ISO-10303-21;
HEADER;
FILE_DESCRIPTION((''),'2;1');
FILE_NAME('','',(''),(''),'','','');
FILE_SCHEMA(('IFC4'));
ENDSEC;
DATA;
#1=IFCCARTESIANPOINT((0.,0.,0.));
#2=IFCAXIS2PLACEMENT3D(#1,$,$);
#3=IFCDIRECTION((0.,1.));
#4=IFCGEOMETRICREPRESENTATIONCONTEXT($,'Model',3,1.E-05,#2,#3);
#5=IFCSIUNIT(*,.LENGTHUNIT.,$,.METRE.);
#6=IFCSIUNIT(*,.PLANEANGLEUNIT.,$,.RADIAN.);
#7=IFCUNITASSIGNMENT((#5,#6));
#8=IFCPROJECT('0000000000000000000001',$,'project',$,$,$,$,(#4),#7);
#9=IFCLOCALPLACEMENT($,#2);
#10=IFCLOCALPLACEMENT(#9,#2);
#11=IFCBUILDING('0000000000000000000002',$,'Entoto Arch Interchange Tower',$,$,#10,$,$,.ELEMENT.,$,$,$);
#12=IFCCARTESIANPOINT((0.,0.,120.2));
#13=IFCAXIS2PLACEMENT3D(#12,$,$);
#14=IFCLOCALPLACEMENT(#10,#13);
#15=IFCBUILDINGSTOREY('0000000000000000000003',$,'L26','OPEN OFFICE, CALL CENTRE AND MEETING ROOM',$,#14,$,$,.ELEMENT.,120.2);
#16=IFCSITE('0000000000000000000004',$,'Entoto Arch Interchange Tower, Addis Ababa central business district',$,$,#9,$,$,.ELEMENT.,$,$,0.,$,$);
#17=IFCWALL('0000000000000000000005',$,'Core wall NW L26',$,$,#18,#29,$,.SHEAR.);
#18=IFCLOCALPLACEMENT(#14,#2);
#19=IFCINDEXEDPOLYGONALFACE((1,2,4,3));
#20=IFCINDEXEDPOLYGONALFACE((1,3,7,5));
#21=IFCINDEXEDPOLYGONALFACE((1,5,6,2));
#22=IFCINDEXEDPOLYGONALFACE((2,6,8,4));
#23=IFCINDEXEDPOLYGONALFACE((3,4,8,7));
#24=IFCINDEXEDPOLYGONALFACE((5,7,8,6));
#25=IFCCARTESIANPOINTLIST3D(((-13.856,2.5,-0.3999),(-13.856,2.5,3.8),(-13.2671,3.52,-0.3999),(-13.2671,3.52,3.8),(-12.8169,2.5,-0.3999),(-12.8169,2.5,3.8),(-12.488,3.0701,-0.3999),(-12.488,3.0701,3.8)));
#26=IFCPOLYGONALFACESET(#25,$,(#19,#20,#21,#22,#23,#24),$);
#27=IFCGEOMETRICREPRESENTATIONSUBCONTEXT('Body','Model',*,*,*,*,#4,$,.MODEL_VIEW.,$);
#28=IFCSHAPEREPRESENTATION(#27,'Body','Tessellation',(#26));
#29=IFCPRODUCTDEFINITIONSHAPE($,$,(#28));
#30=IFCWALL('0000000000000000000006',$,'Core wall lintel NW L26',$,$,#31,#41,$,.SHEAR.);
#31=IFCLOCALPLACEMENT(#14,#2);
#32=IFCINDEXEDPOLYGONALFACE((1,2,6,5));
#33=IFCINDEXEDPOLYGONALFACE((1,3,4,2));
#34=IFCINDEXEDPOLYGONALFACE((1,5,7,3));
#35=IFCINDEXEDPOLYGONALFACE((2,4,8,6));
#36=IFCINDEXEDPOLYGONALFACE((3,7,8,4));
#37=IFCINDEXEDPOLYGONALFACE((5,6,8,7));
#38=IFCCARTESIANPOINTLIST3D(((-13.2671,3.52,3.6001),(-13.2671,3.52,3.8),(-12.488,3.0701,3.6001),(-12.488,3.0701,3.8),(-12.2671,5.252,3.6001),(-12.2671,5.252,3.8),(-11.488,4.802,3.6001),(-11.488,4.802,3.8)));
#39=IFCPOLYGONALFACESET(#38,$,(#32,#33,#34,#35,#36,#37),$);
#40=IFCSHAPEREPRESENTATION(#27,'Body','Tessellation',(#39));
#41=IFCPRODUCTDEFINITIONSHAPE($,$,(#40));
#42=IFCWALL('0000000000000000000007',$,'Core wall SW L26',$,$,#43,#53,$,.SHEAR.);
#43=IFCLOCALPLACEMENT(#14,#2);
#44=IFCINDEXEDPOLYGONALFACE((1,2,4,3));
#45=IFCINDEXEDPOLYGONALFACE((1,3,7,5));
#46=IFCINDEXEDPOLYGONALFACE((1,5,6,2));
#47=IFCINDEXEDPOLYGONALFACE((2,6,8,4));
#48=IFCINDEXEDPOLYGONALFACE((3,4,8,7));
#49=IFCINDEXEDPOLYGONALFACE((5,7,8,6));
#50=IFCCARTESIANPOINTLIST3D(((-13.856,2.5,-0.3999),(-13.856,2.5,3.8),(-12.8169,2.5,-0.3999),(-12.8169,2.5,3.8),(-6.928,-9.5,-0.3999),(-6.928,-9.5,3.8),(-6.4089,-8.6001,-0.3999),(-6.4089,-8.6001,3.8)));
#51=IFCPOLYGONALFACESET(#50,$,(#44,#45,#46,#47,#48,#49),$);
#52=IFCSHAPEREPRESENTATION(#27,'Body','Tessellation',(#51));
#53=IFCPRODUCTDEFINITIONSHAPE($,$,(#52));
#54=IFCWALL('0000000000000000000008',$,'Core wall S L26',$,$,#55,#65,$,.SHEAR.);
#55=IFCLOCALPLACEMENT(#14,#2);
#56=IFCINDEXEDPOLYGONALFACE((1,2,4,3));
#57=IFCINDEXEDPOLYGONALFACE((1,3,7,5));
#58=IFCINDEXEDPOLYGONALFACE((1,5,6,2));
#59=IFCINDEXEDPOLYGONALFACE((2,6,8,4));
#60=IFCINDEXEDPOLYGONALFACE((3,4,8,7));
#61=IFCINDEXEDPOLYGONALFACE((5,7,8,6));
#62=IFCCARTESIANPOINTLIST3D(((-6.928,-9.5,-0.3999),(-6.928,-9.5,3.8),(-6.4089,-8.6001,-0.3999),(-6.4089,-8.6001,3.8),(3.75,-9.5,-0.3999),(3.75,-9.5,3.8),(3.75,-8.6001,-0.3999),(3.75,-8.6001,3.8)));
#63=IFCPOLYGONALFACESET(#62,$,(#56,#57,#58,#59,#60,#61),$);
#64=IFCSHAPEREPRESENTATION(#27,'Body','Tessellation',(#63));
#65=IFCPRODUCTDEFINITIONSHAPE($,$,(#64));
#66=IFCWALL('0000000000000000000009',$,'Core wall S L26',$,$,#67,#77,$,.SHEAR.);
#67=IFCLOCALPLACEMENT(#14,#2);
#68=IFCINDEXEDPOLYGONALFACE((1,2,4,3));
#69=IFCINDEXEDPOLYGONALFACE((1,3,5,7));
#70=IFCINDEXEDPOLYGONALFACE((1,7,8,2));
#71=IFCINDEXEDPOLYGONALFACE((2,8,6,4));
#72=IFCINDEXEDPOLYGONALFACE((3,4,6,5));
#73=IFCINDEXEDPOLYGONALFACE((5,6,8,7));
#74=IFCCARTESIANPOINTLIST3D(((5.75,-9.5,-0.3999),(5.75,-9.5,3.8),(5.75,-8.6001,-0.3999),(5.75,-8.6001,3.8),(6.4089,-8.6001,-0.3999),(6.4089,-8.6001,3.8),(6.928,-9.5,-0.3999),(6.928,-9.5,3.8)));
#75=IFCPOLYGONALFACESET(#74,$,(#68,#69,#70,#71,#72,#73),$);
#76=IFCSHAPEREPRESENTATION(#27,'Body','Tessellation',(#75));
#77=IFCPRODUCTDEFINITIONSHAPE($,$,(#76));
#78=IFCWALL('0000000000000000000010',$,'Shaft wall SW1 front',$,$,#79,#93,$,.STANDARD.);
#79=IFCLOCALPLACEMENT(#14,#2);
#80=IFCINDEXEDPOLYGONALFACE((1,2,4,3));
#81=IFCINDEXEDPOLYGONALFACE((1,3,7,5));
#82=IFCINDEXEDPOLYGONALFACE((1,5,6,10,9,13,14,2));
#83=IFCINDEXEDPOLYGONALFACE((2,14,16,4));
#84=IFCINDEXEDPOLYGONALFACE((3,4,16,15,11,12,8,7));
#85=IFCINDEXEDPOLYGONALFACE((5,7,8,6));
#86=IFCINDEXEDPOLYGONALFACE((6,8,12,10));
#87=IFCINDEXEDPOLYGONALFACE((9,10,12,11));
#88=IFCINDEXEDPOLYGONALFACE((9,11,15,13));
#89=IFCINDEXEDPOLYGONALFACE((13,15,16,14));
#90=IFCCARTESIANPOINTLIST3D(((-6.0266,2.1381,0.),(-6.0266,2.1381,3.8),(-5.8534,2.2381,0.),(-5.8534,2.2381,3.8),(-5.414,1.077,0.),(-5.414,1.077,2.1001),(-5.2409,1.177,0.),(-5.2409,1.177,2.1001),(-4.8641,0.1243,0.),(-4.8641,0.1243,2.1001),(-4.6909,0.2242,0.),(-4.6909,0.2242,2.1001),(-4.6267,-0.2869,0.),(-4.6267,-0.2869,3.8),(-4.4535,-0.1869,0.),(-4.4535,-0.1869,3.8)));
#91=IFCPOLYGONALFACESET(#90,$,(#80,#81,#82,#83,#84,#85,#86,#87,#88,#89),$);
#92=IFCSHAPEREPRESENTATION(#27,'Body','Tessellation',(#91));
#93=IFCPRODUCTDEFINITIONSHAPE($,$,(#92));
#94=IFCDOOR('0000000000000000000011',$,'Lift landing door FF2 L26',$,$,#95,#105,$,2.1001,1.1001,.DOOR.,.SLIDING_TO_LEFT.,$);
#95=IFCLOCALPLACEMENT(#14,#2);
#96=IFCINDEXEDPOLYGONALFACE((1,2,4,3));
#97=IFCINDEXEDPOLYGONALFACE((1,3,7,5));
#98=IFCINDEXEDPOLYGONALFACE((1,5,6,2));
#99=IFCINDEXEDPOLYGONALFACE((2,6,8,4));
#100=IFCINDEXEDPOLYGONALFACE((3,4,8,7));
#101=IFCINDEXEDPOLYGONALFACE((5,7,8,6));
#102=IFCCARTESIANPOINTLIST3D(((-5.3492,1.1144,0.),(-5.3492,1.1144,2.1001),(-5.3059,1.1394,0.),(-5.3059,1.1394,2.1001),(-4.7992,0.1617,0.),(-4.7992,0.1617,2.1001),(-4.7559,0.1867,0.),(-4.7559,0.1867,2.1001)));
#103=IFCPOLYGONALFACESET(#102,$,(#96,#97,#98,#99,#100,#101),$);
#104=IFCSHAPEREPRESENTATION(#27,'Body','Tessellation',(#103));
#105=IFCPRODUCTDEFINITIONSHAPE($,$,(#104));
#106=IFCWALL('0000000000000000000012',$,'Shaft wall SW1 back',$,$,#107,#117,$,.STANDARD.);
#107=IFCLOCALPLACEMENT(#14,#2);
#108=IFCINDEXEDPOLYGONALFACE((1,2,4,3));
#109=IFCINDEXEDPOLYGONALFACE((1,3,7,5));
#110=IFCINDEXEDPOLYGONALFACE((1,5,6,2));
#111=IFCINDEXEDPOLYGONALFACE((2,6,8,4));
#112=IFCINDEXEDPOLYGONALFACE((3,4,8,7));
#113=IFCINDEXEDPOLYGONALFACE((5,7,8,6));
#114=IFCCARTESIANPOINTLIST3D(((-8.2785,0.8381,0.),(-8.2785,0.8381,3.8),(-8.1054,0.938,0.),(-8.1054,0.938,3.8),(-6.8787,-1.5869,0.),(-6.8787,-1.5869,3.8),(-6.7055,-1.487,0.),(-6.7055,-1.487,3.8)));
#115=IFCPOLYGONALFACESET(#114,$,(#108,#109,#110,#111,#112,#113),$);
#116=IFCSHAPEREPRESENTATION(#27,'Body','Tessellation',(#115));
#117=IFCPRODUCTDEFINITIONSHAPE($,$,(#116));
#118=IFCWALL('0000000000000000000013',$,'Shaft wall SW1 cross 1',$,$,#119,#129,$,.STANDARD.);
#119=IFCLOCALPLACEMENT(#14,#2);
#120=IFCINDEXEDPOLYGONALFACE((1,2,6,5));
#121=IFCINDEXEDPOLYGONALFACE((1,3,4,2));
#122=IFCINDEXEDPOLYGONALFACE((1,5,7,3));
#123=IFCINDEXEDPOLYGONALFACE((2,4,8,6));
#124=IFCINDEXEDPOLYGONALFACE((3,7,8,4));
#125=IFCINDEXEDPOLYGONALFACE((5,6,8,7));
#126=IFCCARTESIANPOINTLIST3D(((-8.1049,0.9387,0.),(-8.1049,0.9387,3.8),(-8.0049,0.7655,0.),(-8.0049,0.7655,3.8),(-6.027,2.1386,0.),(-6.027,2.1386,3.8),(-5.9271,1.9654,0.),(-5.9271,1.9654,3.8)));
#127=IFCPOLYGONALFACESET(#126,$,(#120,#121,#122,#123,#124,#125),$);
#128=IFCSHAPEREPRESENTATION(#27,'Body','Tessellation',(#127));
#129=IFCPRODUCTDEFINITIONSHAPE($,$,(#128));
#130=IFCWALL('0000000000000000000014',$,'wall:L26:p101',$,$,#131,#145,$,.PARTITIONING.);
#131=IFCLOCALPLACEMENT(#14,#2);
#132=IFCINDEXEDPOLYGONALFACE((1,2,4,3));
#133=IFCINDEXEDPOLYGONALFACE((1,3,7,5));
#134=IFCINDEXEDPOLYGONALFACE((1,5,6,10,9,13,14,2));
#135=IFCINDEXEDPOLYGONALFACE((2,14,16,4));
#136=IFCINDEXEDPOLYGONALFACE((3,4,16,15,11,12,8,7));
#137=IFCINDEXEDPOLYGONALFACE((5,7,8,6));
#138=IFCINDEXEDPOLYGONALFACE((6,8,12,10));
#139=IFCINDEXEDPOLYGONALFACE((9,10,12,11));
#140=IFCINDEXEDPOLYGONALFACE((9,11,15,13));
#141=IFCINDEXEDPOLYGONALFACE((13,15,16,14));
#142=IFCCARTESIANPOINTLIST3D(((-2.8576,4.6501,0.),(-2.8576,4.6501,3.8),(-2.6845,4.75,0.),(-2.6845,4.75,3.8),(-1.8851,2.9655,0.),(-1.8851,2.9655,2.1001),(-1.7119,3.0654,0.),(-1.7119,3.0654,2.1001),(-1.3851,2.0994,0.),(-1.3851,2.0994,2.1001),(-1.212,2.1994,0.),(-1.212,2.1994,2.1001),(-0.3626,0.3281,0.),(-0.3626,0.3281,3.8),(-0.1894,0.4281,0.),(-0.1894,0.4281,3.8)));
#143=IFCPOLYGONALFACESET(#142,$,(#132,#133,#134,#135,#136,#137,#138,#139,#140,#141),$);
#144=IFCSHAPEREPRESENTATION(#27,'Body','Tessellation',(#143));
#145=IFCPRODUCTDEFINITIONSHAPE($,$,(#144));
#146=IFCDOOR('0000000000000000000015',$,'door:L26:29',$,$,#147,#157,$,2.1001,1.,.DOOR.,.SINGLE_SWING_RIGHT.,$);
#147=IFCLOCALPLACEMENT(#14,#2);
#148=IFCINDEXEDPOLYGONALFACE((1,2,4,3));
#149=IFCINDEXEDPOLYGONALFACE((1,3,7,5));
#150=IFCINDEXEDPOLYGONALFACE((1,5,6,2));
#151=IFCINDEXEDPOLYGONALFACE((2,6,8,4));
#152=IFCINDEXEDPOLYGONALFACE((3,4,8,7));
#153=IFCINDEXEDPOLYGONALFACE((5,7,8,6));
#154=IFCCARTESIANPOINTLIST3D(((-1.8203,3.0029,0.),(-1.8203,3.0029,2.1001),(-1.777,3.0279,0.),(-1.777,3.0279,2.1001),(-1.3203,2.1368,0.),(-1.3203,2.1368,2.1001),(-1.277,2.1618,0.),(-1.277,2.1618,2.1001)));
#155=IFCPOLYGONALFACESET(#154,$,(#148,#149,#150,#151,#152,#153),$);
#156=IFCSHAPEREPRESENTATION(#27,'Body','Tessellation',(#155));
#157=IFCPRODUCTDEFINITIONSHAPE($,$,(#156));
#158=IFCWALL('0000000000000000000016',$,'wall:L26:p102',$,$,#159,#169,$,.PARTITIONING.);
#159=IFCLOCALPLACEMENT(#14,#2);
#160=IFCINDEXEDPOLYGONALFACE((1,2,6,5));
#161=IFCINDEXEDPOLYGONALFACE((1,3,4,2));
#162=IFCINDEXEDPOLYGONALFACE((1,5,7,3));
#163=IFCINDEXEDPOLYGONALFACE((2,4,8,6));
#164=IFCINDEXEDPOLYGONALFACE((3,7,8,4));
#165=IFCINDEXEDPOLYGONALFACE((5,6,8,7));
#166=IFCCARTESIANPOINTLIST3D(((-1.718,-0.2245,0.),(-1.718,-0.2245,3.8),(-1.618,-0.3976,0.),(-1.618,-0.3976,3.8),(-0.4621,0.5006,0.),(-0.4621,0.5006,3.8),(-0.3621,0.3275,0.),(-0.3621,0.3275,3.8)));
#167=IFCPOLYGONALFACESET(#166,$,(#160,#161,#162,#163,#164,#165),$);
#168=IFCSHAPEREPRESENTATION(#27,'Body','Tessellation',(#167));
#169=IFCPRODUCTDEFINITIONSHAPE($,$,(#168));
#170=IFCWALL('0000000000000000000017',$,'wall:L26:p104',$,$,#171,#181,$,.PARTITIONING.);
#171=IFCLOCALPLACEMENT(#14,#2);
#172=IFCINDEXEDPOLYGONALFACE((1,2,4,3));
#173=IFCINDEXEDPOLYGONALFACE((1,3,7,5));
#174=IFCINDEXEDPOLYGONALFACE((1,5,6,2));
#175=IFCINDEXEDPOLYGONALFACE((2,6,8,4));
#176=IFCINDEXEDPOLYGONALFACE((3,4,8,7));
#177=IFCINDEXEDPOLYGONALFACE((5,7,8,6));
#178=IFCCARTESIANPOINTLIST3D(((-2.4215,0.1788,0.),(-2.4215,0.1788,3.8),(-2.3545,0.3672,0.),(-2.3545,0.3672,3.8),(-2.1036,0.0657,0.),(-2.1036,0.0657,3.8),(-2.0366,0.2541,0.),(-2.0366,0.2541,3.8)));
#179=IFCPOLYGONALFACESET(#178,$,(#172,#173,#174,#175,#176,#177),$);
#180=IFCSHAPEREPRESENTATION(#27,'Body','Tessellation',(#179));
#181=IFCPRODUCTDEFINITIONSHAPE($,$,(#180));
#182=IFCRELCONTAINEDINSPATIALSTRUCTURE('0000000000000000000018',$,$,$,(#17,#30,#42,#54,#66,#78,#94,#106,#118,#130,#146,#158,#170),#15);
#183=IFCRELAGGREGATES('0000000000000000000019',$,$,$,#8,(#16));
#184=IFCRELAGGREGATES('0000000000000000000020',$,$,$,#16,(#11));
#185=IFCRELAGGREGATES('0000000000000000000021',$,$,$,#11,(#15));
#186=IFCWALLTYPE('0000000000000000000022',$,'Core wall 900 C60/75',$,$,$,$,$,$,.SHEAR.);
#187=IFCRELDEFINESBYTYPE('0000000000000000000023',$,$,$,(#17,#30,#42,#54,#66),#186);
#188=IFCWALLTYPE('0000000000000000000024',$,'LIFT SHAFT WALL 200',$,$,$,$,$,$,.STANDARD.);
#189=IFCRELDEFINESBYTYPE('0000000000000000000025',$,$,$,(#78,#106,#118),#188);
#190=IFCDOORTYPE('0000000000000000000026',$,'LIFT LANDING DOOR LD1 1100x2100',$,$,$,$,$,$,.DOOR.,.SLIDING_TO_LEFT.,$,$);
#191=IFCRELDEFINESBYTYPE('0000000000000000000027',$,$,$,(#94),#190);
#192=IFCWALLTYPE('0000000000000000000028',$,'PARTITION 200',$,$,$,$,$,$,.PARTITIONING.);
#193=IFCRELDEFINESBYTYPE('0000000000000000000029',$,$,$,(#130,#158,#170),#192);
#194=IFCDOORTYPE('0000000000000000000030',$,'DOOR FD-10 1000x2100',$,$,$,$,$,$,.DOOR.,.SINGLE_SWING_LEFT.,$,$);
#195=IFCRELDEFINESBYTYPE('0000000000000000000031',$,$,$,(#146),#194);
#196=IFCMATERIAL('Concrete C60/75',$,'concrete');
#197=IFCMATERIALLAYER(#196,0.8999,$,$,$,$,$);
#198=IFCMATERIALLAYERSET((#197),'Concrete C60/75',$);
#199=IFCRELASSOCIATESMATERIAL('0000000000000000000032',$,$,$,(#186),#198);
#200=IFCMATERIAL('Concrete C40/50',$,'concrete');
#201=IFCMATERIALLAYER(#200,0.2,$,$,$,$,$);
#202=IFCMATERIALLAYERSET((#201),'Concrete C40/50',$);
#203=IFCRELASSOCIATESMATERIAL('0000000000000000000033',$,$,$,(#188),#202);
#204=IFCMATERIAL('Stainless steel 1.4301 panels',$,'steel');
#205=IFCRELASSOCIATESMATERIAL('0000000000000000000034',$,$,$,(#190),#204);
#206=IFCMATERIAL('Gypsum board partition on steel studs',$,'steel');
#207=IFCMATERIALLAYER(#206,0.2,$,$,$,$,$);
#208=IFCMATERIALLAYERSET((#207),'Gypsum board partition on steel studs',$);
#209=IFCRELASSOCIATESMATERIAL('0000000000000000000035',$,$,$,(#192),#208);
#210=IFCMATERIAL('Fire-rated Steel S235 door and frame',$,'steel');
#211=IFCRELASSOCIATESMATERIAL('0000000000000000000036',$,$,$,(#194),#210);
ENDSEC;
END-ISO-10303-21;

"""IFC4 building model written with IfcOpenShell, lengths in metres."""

from ifc_helpers import new_model, si_unit, direction, frame, frame_2d, origin, place, context, subcontext, project, spatial, polyline, rectangle, outline, extrude, material, layer, layer_set, type_object, element, fill, save


model = new_model("IFC4")

# Units and contexts
model_context = context("Model", 3, precision=1e-05, world=origin(), true_north=direction((0.0, 1.0)))
body_context = subcontext(model_context, "Body", "Model", "MODEL_VIEW")
ifc_project = project(units=[si_unit("LENGTHUNIT", "METRE"), si_unit("PLANEANGLEUNIT", "RADIAN")], contexts=[model_context])

# Site, building, storey
site_placement = place(None, origin())
site = spatial("IfcSite", under=ifc_project, at=site_placement, Name="Entoto Arch Interchange Tower, Addis Ababa central business district", CompositionType="ELEMENT", RefElevation=0.0)
building_placement = place(site_placement, origin())
building = spatial("IfcBuilding", under=site, at=building_placement, Name="Entoto Arch Interchange Tower", CompositionType="ELEMENT")
storey_placement = place(building_placement, frame((0.0, 0.0, 120.2)))
storey = spatial("IfcBuildingStorey", under=building, at=storey_placement, Name="L26", Description="OPEN OFFICE, CALL CENTRE AND MEETING ROOM", CompositionType="ELEMENT", Elevation=120.2)

# Walls
ifc_material_1 = material(Name="Concrete C60/75", Category="concrete")
ifc_layer_1 = layer(ifc_material_1, 0.8999)
ifc_layer_set_1 = layer_set([ifc_layer_1], Name="Concrete C60/75")
wall_type_1 = type_object("IfcWallType", Name="Core wall 900 C60/75", PredefinedType="SHEAR", material=ifc_layer_set_1)
wall_1_placement = place(storey_placement, frame((0.0, 0.0, -0.3999)))
element("IfcWall", 1, at=wall_1_placement, inside=storey, type_object=wall_type_1, Name="Core wall NW L26", PredefinedType="SHEAR", context=body_context, shape_type="SweptSolid", body=[
    extrude(outline(polyline([(-12.488, 3.0701), (-13.2671, 3.52), (-13.856, 2.5), (-12.8169, 2.5), (-12.488, 3.0701)])), origin(), (0.0, 0.0, 1.0), 4.2),
])
wall_2_placement = place(storey_placement, frame((0.0, 0.0, 3.6001)))
element("IfcWall", 2, at=wall_2_placement, inside=storey, type_object=wall_type_1, Name="Core wall lintel NW L26", PredefinedType="SHEAR", context=body_context, shape_type="SweptSolid", body=[
    extrude(outline(polyline([(-13.2671, 3.52), (-12.488, 3.0701), (-11.488, 4.802), (-12.2671, 5.252), (-13.2671, 3.52)])), origin(), (0.0, 0.0, 1.0), 0.2),
])
wall_3_placement = place(storey_placement, frame((0.0, 0.0, -0.3999)))
element("IfcWall", 3, at=wall_3_placement, inside=storey, type_object=wall_type_1, Name="Core wall SW L26", PredefinedType="SHEAR", context=body_context, shape_type="SweptSolid", body=[
    extrude(outline(polyline([(-13.856, 2.5), (-6.928, -9.5), (-6.4089, -8.6001), (-12.8169, 2.5), (-13.856, 2.5)])), origin(), (0.0, 0.0, 1.0), 4.2),
])
wall_4_placement = place(storey_placement, frame((0.0, 0.0, -0.3999)))
element("IfcWall", 4, at=wall_4_placement, inside=storey, type_object=wall_type_1, Name="Core wall S L26", PredefinedType="SHEAR", context=body_context, shape_type="SweptSolid", body=[
    extrude(outline(polyline([(3.75, -9.5), (3.75, -8.6001), (-6.4089, -8.6001), (-6.928, -9.5), (3.75, -9.5)])), origin(), (0.0, 0.0, 1.0), 4.2),
])
wall_5_placement = place(storey_placement, frame((0.0, 0.0, -0.3999)))
element("IfcWall", 5, at=wall_5_placement, inside=storey, type_object=wall_type_1, Name="Core wall S L26", PredefinedType="SHEAR", context=body_context, shape_type="SweptSolid", body=[
    extrude(outline(polyline([(5.75, -8.6001), (5.75, -9.5), (6.928, -9.5), (6.4089, -8.6001), (5.75, -8.6001)])), origin(), (0.0, 0.0, 1.0), 4.2),
])

# Wall, opening, door
ifc_material_2 = material(Name="Concrete C40/50", Category="concrete")
ifc_layer_2 = layer(ifc_material_2, 0.2)
ifc_layer_set_2 = layer_set([ifc_layer_2], Name="Concrete C40/50")
wall_type_2 = type_object("IfcWallType", Name="LIFT SHAFT WALL 200", PredefinedType="STANDARD", material=ifc_layer_set_2)
wall_6_placement = place(storey_placement, frame((-5.9399, 2.188, 0.0), z_axis=(0.0, 0.0, 1.0), x_axis=(0.499946, -0.866056, 0.0)))
wall_6 = element("IfcWall", 6, at=wall_6_placement, inside=storey, type_object=wall_type_2, Name="Shaft wall SW1 front", PredefinedType="STANDARD", context=body_context, shape_type="SweptSolid", body=[
    extrude(rectangle(XDim=2.8, YDim=0.2, at=frame_2d((1.3999, 0.0))), origin(), (0.0, 0.0, 1.0), 3.8),
])
opening_1_placement = place(wall_6_placement, frame((1.2251, 0.0, 0.0)))
opening_1 = element("IfcOpeningElement", 7, at=opening_1_placement, cuts=wall_6, PredefinedType="OPENING", context=body_context, shape_type="SweptSolid", body=[
    extrude(rectangle(XDim=1.1001, YDim=2.1001, at=frame_2d((0.55, 1.05))), frame((0.0, 0.1099, 0.0), z_axis=(0.0, -1.0, 0.0), x_axis=(1.0, 0.0, 0.0)), (0.0, 0.0, 1.0), 0.22),
])
ifc_material_3 = material(Name="Stainless steel 1.4301 panels", Category="steel")
door_type_1 = type_object("IfcDoorType", Name="LIFT LANDING DOOR LD1 1100x2100", OperationType="SLIDING_TO_LEFT", PredefinedType="DOOR", material=ifc_material_3)
door_1_placement = place(opening_1_placement, origin())
door_1 = element("IfcDoor", 8, at=door_1_placement, inside=storey, type_object=door_type_1, Name="Lift landing door FF2 L26", OperationType="SLIDING_TO_LEFT", OverallHeight=2.1001, OverallWidth=1.1001, PredefinedType="DOOR", context=body_context, shape_type="SweptSolid", body=[
    extrude(rectangle(XDim=1.1001, YDim=2.1001, at=frame_2d((0.55, 1.05))), frame((0.0, 0.0249, 0.0), z_axis=(0.0, -1.0, 0.0), x_axis=(1.0, 0.0, 0.0)), (0.0, 0.0, 1.0), 0.05),
])
fill(opening_1, door_1)

# Walls
wall_7_placement = place(storey_placement, frame((-8.1919, 0.8879, 0.0), z_axis=(0.0, 0.0, 1.0), x_axis=(0.499946, -0.866056, 0.0)))
element("IfcWall", 9, at=wall_7_placement, inside=storey, type_object=wall_type_2, Name="Shaft wall SW1 back", PredefinedType="STANDARD", context=body_context, shape_type="SweptSolid", body=[
    extrude(rectangle(XDim=2.8, YDim=0.2, at=frame_2d((1.3999, 0.0))), origin(), (0.0, 0.0, 1.0), 3.8),
])
wall_8_placement = place(storey_placement, frame((-5.9771, 2.052, 0.0), z_axis=(0.0, 0.0, 1.0), x_axis=(-0.865974, -0.500089, 0.0)))
element("IfcWall", 10, at=wall_8_placement, inside=storey, type_object=wall_type_2, Name="Shaft wall SW1 cross 1", PredefinedType="STANDARD", context=body_context, shape_type="SweptSolid", body=[
    extrude(rectangle(XDim=2.3994, YDim=0.2, at=frame_2d((1.1997, 0.0))), origin(), (0.0, 0.0, 1.0), 3.8),
])

# Wall, opening, door
ifc_material_4 = material(Name="Gypsum board partition on steel studs", Category="steel")
ifc_layer_3 = layer(ifc_material_4, 0.2)
ifc_layer_set_3 = layer_set([ifc_layer_3], Name="Gypsum board partition on steel studs")
wall_type_3 = type_object("IfcWallType", Name="PARTITION 200", PredefinedType="PARTITIONING", material=ifc_layer_set_3)
wall_9_placement = place(storey_placement, frame((-2.771, 4.7, 0.0), z_axis=(0.0, 0.0, 1.0), x_axis=(0.499969, -0.866043, 0.0)))
wall_9 = element("IfcWall", 11, at=wall_9_placement, inside=storey, type_object=wall_type_3, Name="wall:L26:p101", PredefinedType="PARTITIONING", context=body_context, shape_type="SweptSolid", body=[
    extrude(rectangle(XDim=4.9905, YDim=0.2, at=frame_2d((2.4951, 0.0))), origin(), (0.0, 0.0, 1.0), 3.8),
])
opening_2_placement = place(wall_9_placement, frame((1.9451, 0.0, 0.0)))
opening_2 = element("IfcOpeningElement", 12, at=opening_2_placement, cuts=wall_9, PredefinedType="OPENING", context=body_context, shape_type="SweptSolid", body=[
    extrude(rectangle(XDim=1.0, YDim=2.1001, at=frame_2d((0.5, 1.05))), frame((0.0, 0.1099, 0.0), z_axis=(0.0, -1.0, 0.0), x_axis=(1.0, 0.0, 0.0)), (0.0, 0.0, 1.0), 0.22),
])
ifc_material_5 = material(Name="Fire-rated Steel S235 door and frame", Category="steel")
door_type_2 = type_object("IfcDoorType", Name="DOOR FD-10 1000x2100", OperationType="SINGLE_SWING_LEFT", PredefinedType="DOOR", material=ifc_material_5)
door_2_placement = place(opening_2_placement, origin())
door_2 = element("IfcDoor", 13, at=door_2_placement, inside=storey, type_object=door_type_2, Name="door:L26:29", OperationType="SINGLE_SWING_RIGHT", OverallHeight=2.1001, OverallWidth=1.0, PredefinedType="DOOR", context=body_context, shape_type="SweptSolid", body=[
    extrude(rectangle(XDim=1.0, YDim=2.1001, at=frame_2d((0.5, 1.05))), frame((0.0, 0.0249, 0.0), z_axis=(0.0, -1.0, 0.0), x_axis=(1.0, 0.0, 0.0)), (0.0, 0.0, 1.0), 0.05),
])
fill(opening_2, door_2)

# Walls
wall_10_placement = place(storey_placement, frame((-0.4121, 0.4141, 0.0), z_axis=(0.0, 0.0, 1.0), x_axis=(-0.866017, -0.500014, 0.0)))
element("IfcWall", 14, at=wall_10_placement, inside=storey, type_object=wall_type_3, Name="wall:L26:p102", PredefinedType="PARTITIONING", context=body_context, shape_type="SweptSolid", body=[
    extrude(rectangle(XDim=1.4502, YDim=0.2, at=frame_2d((0.7251, 0.0))), origin(), (0.0, 0.0, 1.0), 3.8),
])
wall_11_placement = place(storey_placement, frame((-2.0701, 0.1599, 0.0), z_axis=(0.0, 0.0, 1.0), x_axis=(-0.942199, 0.335052, 0.0)))
element("IfcWall", 15, at=wall_11_placement, inside=storey, type_object=wall_type_3, Name="wall:L26:p104", PredefinedType="PARTITIONING", context=body_context, shape_type="SweptSolid", body=[
    extrude(rectangle(XDim=0.3374, YDim=0.2, at=frame_2d((0.1687, 0.0))), origin(), (0.0, 0.0, 1.0), 3.8),
])

save(model, "model.ifc")
